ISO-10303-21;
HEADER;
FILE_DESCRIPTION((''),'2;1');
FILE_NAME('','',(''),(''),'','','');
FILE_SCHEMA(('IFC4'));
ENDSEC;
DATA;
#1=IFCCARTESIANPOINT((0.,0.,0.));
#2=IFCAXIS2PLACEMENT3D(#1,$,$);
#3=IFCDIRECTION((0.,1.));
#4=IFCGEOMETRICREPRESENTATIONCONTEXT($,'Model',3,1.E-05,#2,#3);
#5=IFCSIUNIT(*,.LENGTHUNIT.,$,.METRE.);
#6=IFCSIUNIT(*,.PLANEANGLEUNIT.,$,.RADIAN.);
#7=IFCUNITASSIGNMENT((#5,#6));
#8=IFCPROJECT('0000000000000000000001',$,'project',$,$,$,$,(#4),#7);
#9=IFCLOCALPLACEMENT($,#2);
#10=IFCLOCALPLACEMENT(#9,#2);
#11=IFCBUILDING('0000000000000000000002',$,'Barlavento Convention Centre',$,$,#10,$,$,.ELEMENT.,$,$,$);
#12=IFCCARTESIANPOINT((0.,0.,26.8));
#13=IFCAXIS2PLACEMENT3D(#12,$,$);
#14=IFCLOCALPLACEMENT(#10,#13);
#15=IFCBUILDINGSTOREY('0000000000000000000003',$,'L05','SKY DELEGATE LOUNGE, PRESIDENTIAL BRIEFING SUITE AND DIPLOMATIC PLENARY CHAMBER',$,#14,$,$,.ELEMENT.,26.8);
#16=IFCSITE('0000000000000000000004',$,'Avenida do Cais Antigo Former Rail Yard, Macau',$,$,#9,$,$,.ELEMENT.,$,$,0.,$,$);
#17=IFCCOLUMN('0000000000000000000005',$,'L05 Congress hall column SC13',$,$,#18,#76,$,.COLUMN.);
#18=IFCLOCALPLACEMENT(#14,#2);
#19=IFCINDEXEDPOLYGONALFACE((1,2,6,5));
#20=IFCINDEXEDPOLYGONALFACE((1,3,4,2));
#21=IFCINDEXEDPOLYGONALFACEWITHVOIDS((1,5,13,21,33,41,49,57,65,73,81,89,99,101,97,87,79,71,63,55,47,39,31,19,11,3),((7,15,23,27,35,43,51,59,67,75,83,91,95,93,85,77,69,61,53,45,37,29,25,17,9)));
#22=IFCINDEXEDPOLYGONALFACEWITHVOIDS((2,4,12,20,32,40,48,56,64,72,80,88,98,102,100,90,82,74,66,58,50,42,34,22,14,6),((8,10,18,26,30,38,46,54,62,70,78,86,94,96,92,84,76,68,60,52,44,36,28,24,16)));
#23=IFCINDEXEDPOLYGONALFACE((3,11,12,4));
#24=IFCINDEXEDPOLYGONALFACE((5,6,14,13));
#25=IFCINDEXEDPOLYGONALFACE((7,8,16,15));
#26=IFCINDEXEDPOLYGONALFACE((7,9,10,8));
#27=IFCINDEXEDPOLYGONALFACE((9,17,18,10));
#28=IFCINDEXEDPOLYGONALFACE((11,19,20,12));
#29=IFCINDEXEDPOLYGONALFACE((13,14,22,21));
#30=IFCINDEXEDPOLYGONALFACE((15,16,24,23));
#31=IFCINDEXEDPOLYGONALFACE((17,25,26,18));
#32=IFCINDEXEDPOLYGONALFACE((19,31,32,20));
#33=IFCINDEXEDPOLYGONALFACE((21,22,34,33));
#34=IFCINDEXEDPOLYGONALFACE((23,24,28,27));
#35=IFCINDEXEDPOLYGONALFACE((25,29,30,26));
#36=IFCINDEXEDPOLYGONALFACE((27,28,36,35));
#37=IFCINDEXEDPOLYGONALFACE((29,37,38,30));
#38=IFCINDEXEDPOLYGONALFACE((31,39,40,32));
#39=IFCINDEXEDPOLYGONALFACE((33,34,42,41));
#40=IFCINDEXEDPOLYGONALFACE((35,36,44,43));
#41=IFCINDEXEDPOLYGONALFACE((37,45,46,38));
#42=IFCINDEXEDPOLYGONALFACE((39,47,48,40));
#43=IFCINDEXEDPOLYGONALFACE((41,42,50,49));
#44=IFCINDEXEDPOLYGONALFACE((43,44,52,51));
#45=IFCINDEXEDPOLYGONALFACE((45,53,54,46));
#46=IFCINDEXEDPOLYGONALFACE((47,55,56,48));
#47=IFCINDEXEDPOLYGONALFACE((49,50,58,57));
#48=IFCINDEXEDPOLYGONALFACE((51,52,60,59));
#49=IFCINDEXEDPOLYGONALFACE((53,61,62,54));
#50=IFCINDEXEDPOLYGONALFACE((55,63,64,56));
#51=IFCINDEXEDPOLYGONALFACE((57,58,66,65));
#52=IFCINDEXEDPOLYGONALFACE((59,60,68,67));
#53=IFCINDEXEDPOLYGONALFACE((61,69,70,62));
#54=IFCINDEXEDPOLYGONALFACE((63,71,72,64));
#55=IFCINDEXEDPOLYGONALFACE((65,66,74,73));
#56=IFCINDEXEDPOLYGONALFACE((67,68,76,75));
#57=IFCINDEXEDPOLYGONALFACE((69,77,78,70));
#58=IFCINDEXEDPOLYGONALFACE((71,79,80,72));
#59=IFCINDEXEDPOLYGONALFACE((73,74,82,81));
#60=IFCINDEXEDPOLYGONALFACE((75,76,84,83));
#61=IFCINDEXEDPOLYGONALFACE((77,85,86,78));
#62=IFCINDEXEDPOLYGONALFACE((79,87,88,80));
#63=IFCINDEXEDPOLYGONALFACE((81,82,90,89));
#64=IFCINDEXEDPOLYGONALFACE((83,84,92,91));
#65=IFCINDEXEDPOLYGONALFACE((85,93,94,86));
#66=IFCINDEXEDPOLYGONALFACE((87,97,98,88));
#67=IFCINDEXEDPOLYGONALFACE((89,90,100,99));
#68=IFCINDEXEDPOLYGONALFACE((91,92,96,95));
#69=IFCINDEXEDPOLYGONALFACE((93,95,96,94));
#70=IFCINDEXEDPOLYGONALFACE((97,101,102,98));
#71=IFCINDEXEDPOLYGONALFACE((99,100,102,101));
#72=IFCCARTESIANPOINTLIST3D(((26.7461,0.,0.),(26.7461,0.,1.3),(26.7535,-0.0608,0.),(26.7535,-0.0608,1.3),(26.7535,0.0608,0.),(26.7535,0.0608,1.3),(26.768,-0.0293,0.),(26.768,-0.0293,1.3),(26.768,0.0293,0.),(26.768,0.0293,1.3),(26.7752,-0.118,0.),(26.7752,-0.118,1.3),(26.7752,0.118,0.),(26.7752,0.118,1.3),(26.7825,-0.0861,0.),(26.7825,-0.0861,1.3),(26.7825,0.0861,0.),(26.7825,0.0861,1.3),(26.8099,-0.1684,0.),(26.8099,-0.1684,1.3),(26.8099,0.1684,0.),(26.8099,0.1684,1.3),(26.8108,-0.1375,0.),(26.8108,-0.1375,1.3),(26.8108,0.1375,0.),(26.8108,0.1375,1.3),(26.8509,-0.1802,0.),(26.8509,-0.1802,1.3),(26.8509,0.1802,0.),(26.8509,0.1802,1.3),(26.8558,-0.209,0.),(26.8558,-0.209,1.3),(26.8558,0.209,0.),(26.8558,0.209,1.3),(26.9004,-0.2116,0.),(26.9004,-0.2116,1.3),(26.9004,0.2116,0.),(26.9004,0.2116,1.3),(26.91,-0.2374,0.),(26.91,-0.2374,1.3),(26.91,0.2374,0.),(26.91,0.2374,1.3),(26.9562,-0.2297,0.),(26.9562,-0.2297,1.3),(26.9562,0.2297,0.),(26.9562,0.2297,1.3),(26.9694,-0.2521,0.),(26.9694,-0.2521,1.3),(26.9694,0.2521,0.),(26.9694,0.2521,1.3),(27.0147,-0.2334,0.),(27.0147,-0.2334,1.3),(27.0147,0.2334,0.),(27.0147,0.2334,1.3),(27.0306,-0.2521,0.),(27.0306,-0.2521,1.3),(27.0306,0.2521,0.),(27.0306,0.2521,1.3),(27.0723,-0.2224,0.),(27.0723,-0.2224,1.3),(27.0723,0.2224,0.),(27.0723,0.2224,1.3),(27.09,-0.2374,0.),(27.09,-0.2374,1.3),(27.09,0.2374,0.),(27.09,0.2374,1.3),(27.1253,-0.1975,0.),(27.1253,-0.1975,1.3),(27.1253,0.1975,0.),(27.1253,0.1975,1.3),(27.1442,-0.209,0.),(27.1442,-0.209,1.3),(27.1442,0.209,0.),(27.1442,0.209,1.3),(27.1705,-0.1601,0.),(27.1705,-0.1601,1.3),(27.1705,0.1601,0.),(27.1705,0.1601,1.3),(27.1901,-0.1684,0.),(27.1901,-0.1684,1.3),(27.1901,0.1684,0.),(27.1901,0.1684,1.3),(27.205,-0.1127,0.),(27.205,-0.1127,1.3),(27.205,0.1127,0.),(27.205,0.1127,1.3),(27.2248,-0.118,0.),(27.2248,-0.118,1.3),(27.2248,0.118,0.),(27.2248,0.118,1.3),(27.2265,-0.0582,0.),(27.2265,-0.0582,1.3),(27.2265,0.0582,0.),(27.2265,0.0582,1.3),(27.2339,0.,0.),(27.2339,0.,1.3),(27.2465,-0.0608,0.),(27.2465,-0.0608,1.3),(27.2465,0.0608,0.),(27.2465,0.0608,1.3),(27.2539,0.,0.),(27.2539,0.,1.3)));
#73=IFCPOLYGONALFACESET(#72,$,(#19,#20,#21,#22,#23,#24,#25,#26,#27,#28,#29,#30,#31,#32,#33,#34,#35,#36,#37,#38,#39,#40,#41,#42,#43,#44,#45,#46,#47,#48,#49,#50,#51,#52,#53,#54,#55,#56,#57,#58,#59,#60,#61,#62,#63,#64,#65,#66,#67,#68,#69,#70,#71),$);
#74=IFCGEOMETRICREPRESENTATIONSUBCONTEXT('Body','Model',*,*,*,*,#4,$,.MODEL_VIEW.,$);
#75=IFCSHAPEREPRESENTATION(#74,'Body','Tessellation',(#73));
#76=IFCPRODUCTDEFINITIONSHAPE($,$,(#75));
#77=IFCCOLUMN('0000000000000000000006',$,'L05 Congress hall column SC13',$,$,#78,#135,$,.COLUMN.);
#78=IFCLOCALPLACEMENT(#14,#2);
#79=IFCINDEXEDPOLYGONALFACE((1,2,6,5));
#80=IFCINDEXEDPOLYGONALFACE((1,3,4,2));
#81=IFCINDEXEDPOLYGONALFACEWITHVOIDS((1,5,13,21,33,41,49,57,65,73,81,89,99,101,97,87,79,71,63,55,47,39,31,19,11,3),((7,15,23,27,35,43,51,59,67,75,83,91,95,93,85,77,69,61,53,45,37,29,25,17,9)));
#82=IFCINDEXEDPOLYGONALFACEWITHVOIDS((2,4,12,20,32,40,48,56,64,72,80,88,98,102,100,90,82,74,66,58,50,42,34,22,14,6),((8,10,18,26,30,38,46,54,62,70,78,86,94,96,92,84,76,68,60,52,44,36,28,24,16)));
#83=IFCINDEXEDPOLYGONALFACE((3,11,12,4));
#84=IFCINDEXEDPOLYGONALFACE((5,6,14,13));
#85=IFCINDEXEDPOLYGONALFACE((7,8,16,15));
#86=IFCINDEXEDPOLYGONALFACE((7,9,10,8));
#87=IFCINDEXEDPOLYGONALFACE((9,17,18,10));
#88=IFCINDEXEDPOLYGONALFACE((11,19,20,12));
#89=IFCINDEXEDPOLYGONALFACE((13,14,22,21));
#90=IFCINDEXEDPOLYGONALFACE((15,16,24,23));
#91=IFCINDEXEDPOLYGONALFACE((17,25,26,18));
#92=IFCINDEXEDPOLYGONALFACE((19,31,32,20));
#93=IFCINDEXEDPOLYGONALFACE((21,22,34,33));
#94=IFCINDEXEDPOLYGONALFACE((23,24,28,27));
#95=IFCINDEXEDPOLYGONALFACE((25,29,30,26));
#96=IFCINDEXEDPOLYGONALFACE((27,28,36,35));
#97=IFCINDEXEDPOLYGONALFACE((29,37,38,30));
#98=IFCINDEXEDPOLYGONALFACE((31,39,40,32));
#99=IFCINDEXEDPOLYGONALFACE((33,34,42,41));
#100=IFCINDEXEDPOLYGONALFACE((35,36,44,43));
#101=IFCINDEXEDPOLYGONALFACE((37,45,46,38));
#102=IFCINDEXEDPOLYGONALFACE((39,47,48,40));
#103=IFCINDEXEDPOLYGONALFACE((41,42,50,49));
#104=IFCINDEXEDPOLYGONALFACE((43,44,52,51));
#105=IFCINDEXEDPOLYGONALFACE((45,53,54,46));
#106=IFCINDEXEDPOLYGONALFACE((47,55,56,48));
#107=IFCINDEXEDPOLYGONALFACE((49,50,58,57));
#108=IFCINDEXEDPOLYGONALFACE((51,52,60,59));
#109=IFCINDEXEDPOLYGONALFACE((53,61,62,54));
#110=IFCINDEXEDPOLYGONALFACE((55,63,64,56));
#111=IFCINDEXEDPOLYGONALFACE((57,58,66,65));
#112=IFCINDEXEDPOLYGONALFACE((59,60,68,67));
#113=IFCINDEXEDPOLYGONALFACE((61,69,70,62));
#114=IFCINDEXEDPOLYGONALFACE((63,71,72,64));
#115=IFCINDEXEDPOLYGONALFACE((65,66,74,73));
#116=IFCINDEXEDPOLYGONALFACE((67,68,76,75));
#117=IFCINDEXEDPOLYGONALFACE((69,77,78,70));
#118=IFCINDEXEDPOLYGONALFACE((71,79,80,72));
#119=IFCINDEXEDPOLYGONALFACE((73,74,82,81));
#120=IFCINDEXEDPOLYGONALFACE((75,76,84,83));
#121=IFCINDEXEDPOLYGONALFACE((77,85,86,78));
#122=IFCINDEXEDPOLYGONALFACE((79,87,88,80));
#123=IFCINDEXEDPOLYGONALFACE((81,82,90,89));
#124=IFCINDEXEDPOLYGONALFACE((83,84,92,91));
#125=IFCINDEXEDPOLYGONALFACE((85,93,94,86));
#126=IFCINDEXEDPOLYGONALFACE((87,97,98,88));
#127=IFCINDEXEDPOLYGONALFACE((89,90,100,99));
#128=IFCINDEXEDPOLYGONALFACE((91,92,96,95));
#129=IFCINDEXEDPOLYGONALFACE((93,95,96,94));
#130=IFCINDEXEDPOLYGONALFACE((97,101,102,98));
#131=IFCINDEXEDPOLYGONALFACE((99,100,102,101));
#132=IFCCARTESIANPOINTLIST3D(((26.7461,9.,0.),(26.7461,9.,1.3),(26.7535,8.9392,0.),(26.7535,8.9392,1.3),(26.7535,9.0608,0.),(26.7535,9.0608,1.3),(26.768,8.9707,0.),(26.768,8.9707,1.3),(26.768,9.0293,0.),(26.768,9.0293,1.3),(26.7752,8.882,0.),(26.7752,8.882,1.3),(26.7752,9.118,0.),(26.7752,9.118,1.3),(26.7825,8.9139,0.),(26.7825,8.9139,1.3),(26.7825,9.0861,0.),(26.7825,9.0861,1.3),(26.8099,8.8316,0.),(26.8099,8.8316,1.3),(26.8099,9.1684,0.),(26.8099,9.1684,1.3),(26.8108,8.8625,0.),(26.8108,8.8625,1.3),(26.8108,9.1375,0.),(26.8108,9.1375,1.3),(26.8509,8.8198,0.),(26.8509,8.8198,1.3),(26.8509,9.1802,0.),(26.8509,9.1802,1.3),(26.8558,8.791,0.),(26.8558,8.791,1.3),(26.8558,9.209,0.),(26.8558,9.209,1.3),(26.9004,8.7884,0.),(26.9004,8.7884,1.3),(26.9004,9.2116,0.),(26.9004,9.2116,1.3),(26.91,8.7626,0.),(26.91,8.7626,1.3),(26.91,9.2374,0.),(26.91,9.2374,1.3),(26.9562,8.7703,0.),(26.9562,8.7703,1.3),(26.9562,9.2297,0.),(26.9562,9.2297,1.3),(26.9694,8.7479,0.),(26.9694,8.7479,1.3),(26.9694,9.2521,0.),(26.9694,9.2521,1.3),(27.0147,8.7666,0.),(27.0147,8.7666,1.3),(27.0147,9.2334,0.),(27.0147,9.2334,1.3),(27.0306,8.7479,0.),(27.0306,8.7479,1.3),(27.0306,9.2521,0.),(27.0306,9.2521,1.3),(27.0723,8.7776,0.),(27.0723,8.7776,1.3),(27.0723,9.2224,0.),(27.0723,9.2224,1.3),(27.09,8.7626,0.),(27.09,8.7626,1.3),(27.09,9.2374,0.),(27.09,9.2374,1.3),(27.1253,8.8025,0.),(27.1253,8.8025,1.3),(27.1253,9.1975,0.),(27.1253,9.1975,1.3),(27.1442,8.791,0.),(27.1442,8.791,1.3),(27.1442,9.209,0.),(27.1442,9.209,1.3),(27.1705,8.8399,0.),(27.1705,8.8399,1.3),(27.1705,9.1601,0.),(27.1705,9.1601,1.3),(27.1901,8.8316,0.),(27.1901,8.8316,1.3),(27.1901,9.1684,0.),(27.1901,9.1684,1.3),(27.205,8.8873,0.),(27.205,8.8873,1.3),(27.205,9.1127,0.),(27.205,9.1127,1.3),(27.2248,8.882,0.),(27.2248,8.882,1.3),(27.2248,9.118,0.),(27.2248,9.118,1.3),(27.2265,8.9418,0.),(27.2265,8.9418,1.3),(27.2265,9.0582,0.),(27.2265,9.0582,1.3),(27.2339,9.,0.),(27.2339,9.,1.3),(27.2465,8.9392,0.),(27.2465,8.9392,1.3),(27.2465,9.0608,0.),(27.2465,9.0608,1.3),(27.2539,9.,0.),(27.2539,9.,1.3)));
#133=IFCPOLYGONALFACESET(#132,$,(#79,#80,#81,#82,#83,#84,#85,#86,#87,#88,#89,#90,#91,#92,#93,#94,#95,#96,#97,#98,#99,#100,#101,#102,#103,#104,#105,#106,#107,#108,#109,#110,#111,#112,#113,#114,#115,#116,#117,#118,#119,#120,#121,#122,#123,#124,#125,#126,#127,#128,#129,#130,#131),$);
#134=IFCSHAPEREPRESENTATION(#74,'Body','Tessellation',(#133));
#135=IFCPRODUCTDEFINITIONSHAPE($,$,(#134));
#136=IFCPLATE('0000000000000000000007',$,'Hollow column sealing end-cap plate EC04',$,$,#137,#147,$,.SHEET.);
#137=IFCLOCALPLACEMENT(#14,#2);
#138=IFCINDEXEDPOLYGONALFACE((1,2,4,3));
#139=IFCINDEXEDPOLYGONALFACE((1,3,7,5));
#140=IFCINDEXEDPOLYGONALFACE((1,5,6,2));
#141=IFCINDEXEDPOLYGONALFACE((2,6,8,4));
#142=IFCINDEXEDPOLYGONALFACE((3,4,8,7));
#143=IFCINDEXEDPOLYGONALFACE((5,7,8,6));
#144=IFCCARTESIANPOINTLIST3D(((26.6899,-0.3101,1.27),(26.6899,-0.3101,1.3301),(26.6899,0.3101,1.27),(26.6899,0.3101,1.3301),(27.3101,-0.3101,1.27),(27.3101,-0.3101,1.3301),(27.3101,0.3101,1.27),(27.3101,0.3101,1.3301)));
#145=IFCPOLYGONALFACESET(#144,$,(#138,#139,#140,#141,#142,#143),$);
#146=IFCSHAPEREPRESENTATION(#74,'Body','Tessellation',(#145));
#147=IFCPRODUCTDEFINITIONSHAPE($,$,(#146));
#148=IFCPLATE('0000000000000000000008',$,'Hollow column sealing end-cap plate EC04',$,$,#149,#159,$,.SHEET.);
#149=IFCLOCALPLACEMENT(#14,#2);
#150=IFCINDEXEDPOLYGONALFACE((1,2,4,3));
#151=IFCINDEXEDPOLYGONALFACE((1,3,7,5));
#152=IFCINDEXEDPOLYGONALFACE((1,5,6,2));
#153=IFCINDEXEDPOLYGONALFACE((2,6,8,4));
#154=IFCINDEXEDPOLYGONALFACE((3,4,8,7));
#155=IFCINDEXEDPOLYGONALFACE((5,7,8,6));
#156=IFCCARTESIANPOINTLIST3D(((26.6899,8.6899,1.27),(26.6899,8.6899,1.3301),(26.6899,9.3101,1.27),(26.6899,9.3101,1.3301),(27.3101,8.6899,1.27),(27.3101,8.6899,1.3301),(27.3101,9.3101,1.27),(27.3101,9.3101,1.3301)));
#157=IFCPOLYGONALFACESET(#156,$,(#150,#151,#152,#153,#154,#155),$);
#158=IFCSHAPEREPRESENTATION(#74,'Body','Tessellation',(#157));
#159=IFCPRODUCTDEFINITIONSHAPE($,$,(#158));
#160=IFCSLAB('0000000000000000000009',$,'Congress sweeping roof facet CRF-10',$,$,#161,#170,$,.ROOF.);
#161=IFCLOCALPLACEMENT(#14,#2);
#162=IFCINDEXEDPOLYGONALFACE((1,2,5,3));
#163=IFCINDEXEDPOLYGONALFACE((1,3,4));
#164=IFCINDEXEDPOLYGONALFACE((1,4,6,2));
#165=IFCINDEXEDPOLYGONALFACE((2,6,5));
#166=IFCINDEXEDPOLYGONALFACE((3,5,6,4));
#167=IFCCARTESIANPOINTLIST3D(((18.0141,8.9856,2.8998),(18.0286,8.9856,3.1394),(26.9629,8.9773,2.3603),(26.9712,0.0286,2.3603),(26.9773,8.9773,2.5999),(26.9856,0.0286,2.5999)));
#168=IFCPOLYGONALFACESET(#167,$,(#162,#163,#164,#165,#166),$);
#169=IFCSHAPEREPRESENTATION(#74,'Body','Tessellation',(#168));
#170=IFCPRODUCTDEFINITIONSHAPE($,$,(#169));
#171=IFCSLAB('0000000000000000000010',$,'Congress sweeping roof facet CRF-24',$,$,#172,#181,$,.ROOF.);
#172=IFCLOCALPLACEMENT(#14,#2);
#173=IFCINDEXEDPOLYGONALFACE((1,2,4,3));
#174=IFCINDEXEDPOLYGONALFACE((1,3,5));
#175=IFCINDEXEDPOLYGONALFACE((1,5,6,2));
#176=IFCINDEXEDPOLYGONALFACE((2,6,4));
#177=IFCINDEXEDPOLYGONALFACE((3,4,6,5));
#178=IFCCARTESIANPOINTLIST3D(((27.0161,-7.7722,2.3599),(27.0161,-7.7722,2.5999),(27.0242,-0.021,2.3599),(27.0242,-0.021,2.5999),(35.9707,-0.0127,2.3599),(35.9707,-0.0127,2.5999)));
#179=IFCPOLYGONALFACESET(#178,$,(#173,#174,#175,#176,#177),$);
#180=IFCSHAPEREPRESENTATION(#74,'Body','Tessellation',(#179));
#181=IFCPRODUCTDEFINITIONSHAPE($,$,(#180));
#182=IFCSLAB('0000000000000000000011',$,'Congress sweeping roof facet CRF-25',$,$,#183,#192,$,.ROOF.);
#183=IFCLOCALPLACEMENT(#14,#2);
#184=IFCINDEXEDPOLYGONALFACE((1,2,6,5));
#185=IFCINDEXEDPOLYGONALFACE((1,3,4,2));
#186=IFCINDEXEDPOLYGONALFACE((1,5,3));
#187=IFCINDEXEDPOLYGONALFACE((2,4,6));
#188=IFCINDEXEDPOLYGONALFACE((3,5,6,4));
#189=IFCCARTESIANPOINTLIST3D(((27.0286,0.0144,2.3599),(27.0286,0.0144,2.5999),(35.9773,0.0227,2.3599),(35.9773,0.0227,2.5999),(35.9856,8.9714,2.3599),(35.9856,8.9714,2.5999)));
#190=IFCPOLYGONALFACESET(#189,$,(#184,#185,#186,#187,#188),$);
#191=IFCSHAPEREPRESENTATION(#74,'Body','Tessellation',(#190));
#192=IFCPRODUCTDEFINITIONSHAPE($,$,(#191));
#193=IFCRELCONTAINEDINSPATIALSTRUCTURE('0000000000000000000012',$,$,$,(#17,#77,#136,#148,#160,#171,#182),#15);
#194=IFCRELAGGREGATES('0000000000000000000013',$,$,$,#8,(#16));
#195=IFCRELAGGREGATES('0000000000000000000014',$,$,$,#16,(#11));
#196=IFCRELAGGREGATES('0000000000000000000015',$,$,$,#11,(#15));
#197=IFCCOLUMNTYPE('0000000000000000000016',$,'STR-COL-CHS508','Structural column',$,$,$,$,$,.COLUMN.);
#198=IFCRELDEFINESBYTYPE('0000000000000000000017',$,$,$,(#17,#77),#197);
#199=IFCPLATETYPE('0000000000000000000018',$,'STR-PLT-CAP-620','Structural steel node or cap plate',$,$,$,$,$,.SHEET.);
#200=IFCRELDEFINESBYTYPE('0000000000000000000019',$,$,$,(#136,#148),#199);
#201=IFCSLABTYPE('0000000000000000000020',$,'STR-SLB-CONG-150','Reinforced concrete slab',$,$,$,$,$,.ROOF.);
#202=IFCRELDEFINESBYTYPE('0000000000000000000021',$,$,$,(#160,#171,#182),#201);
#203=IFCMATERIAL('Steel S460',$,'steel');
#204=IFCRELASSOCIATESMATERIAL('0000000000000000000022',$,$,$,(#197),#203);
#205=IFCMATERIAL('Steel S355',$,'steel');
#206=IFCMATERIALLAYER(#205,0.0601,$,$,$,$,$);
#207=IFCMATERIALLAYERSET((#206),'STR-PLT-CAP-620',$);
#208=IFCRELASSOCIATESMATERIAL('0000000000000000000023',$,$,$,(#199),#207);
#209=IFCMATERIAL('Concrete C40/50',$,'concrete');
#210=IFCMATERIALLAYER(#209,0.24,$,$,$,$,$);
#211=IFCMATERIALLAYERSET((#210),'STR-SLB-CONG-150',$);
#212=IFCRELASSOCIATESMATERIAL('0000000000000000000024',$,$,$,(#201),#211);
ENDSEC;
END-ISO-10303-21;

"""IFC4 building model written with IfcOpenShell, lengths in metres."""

from ifc_helpers import new_model, si_unit, direction, frame, origin, origin_2d, place, context, subcontext, project, spatial, polyline, rectangle, hollow_circle, outline, extrude, material, layer, layer_set, material_profile, profile_set, type_object, element, save


model = new_model("IFC4")

# Units and contexts
model_context = context("Model", 3, precision=1e-05, world=origin(), true_north=direction((0.0, 1.0)))
body_context = subcontext(model_context, "Body", "Model", "MODEL_VIEW")
ifc_project = project(units=[si_unit("LENGTHUNIT", "METRE"), si_unit("PLANEANGLEUNIT", "RADIAN")], contexts=[model_context])

# Site, building, storey
site_placement = place(None, origin())
site = spatial("IfcSite", under=ifc_project, at=site_placement, Name="Avenida do Cais Antigo Former Rail Yard, Macau", CompositionType="ELEMENT", RefElevation=0.0)
building_placement = place(site_placement, origin())
building = spatial("IfcBuilding", under=site, at=building_placement, Name="Barlavento Convention Centre", CompositionType="ELEMENT")
storey_placement = place(building_placement, frame((0.0, 0.0, 26.8)))
storey = spatial("IfcBuildingStorey", under=building, at=storey_placement, Name="L05", Description="SKY DELEGATE LOUNGE, PRESIDENTIAL BRIEFING SUITE AND DIPLOMATIC PLENARY CHAMBER", CompositionType="ELEMENT", Elevation=26.8)

# Columns
ifc_material_1 = material(Name="Steel S460", Category="steel")
ifc_material_profile = material_profile(ifc_material_1, hollow_circle(Radius=0.2539, WallThickness=0.02, at=origin_2d()), Name="CHS 508.0x20.0")
ifc_profile_set = profile_set([ifc_material_profile], Name="Steel S460")
column_type = type_object("IfcColumnType", Name="STR-COL-CHS508", Description="Structural column", PredefinedType="COLUMN", material=ifc_profile_set)
for number, where, z_axis, x_axis, name in (
    (1, (27.0, 0.0, 0.0), (0.0, 0.0, 1.0), (1.0, 0.0, 0.0), "L05 Congress hall column SC13"),
    (2, (27.0, 9.0, 0.0), (0.0, 0.0, 1.0), (1.0, 0.0, 0.0), "L05 Congress hall column SC13"),
):
    element("IfcColumn", number, at=place(storey_placement, frame(where, z_axis=z_axis, x_axis=x_axis)), inside=storey, type_object=column_type, Name=name, PredefinedType="COLUMN", context=body_context, shape_type="SweptSolid", body=[
        extrude(hollow_circle(Radius=0.2539, WallThickness=0.02, at=origin_2d()), origin(), (0.0, 0.0, 1.0), 1.3),
    ])

# Plates
ifc_material_2 = material(Name="Steel S355", Category="steel")
ifc_layer_1 = layer(ifc_material_2, 0.0601)
ifc_layer_set_1 = layer_set([ifc_layer_1], Name="STR-PLT-CAP-620")
plate_type = type_object("IfcPlateType", Name="STR-PLT-CAP-620", Description="Structural steel node or cap plate", PredefinedType="SHEET", material=ifc_layer_set_1)
for number, where, z_axis, x_axis, name in (
    (3, (27.0, 0.0, 1.27), (0.0, 0.0, 1.0), (1.0, 0.0, 0.0), "Hollow column sealing end-cap plate EC04"),
    (4, (27.0, 9.0, 1.27), (0.0, 0.0, 1.0), (1.0, 0.0, 0.0), "Hollow column sealing end-cap plate EC04"),
):
    element("IfcPlate", number, at=place(storey_placement, frame(where, z_axis=z_axis, x_axis=x_axis)), inside=storey, type_object=plate_type, Name=name, PredefinedType="SHEET", context=body_context, shape_type="SweptSolid", body=[
        extrude(rectangle(XDim=0.6201, YDim=0.6201, at=origin_2d()), origin(), (0.0, 0.0, 1.0), 0.0601),
    ])

# Slabs
ifc_material_3 = material(Name="Concrete C40/50", Category="concrete")
ifc_layer_2 = layer(ifc_material_3, 0.24)
ifc_layer_set_2 = layer_set([ifc_layer_2], Name="STR-SLB-CONG-150")
slab_type_1 = type_object("IfcSlabType", Name="STR-SLB-CONG-150", Description="Reinforced concrete slab", PredefinedType="ROOF", material=ifc_layer_set_2)
slab_1_placement = place(storey_placement, frame((26.9856, 0.0286, 2.5999), z_axis=(0.060184, 0.000056, 0.998187), x_axis=(-0.000928, 1.0, 0.0)))
element("IfcSlab", 5, at=slab_1_placement, inside=storey, type_object=slab_type_1, Name="Congress sweeping roof facet CRF-10", PredefinedType="ROOF", context=body_context, shape_type="SweptSolid", body=[
    extrude(outline(polyline([(0.0, 0.0), (8.9487, 0.0), (8.9653, 8.965), (0.0, 0.0)])), origin(), (0.0, 0.0, -1.0), 0.24),
])
slab_2_placement = place(storey_placement, frame((27.0161, -7.7722, 2.5999), z_axis=(0.0, 0.0, 1.0), x_axis=(0.755736, 0.654876, 0.0)))
element("IfcSlab", 6, at=slab_2_placement, inside=storey, type_object=slab_type_1, Name="Congress sweeping roof facet CRF-24", PredefinedType="ROOF", context=body_context, shape_type="SweptSolid", body=[
    extrude(outline(polyline([(0.0, 0.0), (11.8488, 0.0), (5.0822, 5.8526), (0.0, 0.0)])), origin(), (0.0, 0.0, -1.0), 0.24),
])
slab_3_placement = place(storey_placement, frame((27.0286, 0.0144, 2.5999), z_axis=(0.0, 0.0, 1.0), x_axis=(1.0, 0.000928, 0.0)))
element("IfcSlab", 7, at=slab_3_placement, inside=storey, type_object=slab_type_1, Name="Congress sweeping roof facet CRF-25", PredefinedType="ROOF", context=body_context, shape_type="SweptSolid", body=[
    extrude(outline(polyline([(0.0, 0.0), (8.9487, 0.0), (8.9653, 8.9487), (0.0, 0.0)])), origin(), (0.0, 0.0, -1.0), 0.24),
])

save(model, "model.ifc")
